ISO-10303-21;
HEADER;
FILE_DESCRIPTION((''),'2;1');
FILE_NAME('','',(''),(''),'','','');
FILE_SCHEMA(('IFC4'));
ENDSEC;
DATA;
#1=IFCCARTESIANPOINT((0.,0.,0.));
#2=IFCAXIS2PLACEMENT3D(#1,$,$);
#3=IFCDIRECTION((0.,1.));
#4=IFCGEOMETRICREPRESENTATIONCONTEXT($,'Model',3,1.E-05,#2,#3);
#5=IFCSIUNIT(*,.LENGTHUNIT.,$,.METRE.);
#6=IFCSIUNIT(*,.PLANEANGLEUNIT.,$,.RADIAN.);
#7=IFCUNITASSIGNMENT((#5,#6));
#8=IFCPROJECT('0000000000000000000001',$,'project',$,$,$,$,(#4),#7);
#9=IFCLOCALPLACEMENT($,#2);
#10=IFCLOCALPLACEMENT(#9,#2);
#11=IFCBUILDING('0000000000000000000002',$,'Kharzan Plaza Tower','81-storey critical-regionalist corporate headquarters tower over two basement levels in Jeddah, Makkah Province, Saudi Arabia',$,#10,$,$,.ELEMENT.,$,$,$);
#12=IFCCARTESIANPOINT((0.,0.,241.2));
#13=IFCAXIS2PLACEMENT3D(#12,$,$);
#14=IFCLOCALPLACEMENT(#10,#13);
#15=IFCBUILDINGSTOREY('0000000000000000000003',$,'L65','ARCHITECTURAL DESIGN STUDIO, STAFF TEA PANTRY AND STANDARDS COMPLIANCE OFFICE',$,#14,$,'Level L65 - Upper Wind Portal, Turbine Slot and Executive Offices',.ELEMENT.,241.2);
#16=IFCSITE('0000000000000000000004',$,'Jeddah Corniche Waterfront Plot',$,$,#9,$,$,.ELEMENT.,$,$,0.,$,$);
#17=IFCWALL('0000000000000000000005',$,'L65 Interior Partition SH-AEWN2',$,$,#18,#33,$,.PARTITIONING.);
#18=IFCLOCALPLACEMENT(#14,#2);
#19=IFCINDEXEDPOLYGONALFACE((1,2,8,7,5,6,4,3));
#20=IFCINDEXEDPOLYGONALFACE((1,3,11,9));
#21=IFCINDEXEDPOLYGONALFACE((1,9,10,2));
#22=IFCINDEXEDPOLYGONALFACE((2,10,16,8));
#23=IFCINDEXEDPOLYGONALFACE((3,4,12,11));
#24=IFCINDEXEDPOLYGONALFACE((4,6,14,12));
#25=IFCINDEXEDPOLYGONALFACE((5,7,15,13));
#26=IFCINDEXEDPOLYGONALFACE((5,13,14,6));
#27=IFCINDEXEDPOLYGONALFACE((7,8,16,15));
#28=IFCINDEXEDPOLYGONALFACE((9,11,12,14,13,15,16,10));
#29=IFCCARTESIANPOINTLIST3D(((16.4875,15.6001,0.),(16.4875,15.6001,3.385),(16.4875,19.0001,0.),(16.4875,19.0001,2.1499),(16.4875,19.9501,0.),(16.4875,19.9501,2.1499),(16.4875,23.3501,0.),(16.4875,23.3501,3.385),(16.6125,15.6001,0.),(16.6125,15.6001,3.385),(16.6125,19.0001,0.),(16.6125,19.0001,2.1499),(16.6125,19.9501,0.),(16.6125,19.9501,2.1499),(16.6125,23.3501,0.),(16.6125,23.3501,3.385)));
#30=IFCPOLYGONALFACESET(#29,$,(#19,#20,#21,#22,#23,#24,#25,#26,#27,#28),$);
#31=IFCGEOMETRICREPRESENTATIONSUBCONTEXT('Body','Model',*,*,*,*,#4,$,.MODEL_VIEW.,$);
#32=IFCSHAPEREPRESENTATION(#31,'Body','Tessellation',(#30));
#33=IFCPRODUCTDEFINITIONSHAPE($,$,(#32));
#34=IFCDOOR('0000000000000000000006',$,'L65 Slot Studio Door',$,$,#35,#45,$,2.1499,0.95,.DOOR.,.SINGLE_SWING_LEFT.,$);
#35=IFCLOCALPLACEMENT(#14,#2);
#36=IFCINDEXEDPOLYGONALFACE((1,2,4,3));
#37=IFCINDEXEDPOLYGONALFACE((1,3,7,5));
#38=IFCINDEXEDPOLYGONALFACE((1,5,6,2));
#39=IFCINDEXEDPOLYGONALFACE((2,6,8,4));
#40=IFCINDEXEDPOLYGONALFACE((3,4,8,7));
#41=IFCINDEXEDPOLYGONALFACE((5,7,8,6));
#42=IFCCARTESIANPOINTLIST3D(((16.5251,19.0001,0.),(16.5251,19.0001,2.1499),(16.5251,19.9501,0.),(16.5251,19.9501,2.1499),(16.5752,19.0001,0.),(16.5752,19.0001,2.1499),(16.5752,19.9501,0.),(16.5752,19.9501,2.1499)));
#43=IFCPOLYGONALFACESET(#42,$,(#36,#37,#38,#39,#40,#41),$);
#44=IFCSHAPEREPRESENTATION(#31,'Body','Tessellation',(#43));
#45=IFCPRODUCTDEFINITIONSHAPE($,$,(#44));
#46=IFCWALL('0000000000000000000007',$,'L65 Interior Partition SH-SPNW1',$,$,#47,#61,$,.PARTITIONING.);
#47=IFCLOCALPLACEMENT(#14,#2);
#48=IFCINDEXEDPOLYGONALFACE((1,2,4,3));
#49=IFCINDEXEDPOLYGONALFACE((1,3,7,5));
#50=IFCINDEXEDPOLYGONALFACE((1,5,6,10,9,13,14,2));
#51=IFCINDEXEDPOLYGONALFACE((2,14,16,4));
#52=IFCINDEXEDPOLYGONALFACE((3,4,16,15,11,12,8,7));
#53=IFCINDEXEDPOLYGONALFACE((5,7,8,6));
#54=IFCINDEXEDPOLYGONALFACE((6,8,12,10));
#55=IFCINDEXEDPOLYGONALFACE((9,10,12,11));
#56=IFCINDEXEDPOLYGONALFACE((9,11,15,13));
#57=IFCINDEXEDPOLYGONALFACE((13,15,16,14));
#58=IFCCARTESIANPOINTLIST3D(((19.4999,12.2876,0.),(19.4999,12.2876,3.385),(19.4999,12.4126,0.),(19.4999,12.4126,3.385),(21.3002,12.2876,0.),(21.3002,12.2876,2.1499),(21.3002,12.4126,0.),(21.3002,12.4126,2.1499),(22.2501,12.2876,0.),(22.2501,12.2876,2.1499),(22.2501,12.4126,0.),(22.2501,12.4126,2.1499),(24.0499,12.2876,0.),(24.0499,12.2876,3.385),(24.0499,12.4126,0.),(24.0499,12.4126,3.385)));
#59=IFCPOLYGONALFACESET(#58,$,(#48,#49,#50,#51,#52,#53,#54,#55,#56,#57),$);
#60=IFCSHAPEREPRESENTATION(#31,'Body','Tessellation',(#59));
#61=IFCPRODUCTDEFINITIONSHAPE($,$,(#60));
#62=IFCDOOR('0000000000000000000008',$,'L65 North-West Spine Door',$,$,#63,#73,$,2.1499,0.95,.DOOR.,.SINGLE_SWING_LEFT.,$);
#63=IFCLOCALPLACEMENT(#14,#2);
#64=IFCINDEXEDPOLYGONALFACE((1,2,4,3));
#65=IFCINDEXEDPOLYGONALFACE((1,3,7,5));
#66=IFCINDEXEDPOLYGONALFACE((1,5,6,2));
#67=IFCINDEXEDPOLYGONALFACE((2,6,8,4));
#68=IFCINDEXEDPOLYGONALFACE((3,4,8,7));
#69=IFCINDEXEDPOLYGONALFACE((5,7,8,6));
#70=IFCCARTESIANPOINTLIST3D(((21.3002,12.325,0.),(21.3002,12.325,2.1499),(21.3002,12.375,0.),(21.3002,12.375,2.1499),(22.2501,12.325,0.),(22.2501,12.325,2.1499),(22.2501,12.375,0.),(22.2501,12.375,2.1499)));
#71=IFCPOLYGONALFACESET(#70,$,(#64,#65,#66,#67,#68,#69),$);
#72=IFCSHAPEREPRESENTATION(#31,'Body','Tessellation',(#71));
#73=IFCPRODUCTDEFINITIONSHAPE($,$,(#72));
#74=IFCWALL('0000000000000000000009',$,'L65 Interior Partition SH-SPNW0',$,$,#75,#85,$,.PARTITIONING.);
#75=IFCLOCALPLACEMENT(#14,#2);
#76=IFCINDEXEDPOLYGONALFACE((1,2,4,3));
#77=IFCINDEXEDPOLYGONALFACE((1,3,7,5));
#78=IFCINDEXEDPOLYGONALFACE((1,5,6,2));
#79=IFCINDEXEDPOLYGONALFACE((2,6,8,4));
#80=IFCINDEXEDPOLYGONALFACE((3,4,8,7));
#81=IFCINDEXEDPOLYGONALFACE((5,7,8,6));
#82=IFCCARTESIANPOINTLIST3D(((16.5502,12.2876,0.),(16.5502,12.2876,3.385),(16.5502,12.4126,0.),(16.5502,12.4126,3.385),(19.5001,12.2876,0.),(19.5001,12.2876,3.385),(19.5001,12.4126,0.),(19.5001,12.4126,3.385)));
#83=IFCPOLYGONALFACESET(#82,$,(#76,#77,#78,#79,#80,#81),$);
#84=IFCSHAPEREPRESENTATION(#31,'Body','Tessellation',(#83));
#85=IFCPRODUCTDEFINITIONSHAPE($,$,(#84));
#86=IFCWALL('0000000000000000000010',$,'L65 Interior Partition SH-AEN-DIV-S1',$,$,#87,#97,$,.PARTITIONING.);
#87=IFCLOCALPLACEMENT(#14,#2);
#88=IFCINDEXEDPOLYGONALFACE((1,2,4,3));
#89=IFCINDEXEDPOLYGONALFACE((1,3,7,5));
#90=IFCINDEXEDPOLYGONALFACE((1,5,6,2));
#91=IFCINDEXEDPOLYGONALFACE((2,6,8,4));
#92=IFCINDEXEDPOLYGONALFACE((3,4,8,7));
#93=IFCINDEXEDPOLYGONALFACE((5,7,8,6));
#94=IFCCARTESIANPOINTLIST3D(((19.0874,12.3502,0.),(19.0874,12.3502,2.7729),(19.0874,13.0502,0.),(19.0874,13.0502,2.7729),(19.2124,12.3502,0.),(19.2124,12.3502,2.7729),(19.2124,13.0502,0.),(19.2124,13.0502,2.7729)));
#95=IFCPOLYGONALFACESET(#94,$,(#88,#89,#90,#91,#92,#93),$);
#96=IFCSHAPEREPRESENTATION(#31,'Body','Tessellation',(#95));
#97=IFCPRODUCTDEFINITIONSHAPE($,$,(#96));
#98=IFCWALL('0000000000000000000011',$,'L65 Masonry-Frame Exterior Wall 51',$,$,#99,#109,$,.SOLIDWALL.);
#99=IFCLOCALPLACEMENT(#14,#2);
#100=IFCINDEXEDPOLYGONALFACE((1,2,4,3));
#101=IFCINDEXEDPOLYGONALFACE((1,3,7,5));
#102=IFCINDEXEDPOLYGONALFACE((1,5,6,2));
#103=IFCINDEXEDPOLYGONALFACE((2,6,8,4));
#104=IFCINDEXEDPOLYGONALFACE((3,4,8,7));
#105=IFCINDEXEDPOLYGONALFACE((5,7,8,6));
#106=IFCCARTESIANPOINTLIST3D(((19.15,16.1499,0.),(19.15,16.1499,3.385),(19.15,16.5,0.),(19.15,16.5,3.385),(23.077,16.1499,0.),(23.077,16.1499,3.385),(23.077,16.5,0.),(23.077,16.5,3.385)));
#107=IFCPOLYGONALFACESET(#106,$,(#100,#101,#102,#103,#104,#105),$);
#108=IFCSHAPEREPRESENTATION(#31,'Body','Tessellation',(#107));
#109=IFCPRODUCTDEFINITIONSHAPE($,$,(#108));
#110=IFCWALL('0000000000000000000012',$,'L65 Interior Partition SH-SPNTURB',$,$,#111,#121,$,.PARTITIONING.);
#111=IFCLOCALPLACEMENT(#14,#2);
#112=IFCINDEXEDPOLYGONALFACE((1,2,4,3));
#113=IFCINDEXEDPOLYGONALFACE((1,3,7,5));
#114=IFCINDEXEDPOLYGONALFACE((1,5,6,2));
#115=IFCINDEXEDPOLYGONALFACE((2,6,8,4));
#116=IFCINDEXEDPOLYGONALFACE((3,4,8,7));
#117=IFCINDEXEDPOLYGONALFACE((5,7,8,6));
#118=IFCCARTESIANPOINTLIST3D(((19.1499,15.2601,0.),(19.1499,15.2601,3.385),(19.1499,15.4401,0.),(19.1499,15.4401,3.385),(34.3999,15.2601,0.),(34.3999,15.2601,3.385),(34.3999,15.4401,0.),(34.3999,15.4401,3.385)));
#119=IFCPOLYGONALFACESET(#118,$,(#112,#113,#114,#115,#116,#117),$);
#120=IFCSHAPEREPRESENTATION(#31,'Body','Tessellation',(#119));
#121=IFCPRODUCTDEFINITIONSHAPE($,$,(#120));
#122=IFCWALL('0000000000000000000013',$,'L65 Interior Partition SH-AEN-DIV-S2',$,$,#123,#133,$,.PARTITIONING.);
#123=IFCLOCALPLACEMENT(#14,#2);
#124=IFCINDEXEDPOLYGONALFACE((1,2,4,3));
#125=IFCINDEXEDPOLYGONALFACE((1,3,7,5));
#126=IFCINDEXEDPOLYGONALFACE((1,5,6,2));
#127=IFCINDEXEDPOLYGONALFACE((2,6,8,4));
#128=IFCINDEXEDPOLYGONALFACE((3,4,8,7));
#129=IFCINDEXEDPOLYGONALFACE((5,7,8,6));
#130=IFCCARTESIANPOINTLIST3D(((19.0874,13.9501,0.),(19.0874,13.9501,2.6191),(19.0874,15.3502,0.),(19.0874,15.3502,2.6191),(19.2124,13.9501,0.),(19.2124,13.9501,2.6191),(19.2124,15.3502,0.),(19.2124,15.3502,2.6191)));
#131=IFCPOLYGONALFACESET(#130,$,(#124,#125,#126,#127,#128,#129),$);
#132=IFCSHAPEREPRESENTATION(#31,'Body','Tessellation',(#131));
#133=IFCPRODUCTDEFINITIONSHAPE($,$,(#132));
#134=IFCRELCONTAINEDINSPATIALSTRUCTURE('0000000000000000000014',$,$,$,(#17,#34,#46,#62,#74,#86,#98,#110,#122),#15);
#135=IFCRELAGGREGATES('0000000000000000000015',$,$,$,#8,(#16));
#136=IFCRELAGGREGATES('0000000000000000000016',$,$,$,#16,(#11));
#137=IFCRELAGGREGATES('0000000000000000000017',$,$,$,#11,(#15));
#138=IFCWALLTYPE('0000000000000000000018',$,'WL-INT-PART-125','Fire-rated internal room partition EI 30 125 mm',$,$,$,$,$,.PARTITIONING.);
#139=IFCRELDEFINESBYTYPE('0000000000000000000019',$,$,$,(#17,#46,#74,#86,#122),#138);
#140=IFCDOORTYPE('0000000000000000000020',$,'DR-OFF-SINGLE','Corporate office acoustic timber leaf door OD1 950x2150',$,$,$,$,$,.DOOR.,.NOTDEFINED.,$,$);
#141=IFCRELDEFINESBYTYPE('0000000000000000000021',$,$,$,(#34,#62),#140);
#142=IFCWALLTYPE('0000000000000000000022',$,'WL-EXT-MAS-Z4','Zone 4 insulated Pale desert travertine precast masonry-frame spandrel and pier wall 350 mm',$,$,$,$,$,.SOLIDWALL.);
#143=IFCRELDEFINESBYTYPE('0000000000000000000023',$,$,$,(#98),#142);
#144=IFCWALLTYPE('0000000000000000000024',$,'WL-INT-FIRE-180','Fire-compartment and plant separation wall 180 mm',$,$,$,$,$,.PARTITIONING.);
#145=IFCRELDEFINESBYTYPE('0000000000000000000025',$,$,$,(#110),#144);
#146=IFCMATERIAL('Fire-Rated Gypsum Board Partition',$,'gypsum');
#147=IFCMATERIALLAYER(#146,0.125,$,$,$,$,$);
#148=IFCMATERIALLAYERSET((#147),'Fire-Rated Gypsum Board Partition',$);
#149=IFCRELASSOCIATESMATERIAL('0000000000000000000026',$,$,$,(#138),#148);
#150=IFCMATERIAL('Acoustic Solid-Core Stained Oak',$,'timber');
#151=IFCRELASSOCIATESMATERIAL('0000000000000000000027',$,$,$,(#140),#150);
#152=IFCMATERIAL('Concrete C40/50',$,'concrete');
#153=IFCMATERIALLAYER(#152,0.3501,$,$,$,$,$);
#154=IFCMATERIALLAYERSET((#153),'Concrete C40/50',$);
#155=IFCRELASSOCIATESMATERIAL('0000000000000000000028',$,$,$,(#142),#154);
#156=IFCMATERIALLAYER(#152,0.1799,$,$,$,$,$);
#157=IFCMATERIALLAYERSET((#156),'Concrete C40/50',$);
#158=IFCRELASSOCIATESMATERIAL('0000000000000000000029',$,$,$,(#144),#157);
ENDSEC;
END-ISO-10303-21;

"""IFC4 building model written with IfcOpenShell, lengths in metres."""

from ifc_helpers import new_model, si_unit, direction, frame, frame_2d, origin, place, context, subcontext, project, spatial, rectangle, extrude, source, transform, mapped, material, layer, layer_set, type_object, element, fill, save


model = new_model("IFC4")

# Units and contexts
model_context = context("Model", 3, precision=1e-05, world=origin(), true_north=direction((0.0, 1.0)))
body_context = subcontext(model_context, "Body", "Model", "MODEL_VIEW")
ifc_project = project(units=[si_unit("LENGTHUNIT", "METRE"), si_unit("PLANEANGLEUNIT", "RADIAN")], contexts=[model_context])

# Site, building, storey
site_placement = place(None, origin())
site = spatial("IfcSite", under=ifc_project, at=site_placement, Name="Jeddah Corniche Waterfront Plot", CompositionType="ELEMENT", RefElevation=0.0)
building_placement = place(site_placement, origin())
building = spatial("IfcBuilding", under=site, at=building_placement, Name="Kharzan Plaza Tower", Description="81-storey critical-regionalist corporate headquarters tower over two basement levels in Jeddah, Makkah Province, Saudi Arabia", CompositionType="ELEMENT")
storey_placement = place(building_placement, frame((0.0, 0.0, 241.2)))
storey = spatial("IfcBuildingStorey", under=building, at=storey_placement, Name="L65", Description="ARCHITECTURAL DESIGN STUDIO, STAFF TEA PANTRY AND STANDARDS COMPLIANCE OFFICE", LongName="Level L65 - Upper Wind Portal, Turbine Slot and Executive Offices", CompositionType="ELEMENT", Elevation=241.2)

# Walls, openings, doors
ifc_material_1 = material(Name="Fire-Rated Gypsum Board Partition", Category="gypsum")
ifc_layer_1 = layer(ifc_material_1, 0.125)
ifc_layer_set_1 = layer_set([ifc_layer_1], Name="Fire-Rated Gypsum Board Partition")
wall_type_1 = type_object("IfcWallType", Name="WL-INT-PART-125", Description="Fire-rated internal room partition EI 30 125 mm", PredefinedType="PARTITIONING", material=ifc_layer_set_1)
ifc_material_2 = material(Name="Acoustic Solid-Core Stained Oak", Category="timber")
door_type = type_object("IfcDoorType", Name="DR-OFF-SINGLE", Description="Corporate office acoustic timber leaf door OD1 950x2150", OperationType="NOTDEFINED", PredefinedType="DOOR", material=ifc_material_2)
shared_shape_1 = source(origin(), body_context, "Body", "SweptSolid", [
    extrude(rectangle(XDim=0.95, YDim=2.1499, at=frame_2d((0.4751, 1.075))), frame((0.0, 0.0249, 0.0), z_axis=(0.0, -1.0, 0.0), x_axis=(1.0, 0.0, 0.0)), (0.0, 0.0, 1.0), 0.05),
])
wall_1_placement = place(storey_placement, frame((16.55, 15.6001, 0.0), z_axis=(0.0, 0.0, 1.0), x_axis=(0.0, 1.0, 0.0)))
wall_1 = element("IfcWall", 1, at=wall_1_placement, inside=storey, type_object=wall_type_1, Name="L65 Interior Partition SH-AEWN2", PredefinedType="PARTITIONING", context=body_context, shape_type="SweptSolid", body=[
    extrude(rectangle(XDim=7.75, YDim=0.125, at=frame_2d((3.875, 0.0))), origin(), (0.0, 0.0, 1.0), 3.385),
])
opening_1_placement = place(wall_1_placement, frame((3.3999, 0.0, 0.0)))
opening_1 = element("IfcOpeningElement", 2, at=opening_1_placement, cuts=wall_1, PredefinedType="OPENING", context=body_context, shape_type="SweptSolid", body=[
    extrude(rectangle(XDim=0.95, YDim=2.1499, at=frame_2d((0.4751, 1.075))), frame((0.0, 0.0725, 0.0), z_axis=(0.0, -1.0, 0.0), x_axis=(1.0, 0.0, 0.0)), (0.0, 0.0, 1.0), 0.145),
])
door_1_placement = place(opening_1_placement, origin())
door_1 = element("IfcDoor", 3, at=door_1_placement, inside=storey, type_object=door_type, Name="L65 Slot Studio Door", OperationType="SINGLE_SWING_LEFT", OverallHeight=2.1499, OverallWidth=0.95, PredefinedType="DOOR", context=body_context, shape_type="MappedRepresentation", body=[
    mapped(shared_shape_1, transform((0.0, 0.0, 0.0), x_axis=(1.0, 0.0, 0.0), y_axis=(0.0, 1.0, 0.0), z_axis=(0.0, 0.0, 1.0))),
])
fill(opening_1, door_1)
wall_2_placement = place(storey_placement, frame((19.5, 12.3501, 0.0), z_axis=(0.0, 0.0, 1.0), x_axis=(1.0, 0.0, 0.0)))
wall_2 = element("IfcWall", 4, at=wall_2_placement, inside=storey, type_object=wall_type_1, Name="L65 Interior Partition SH-SPNW1", PredefinedType="PARTITIONING", context=body_context, shape_type="SweptSolid", body=[
    extrude(rectangle(XDim=4.55, YDim=0.125, at=frame_2d((2.2749, 0.0))), origin(), (0.0, 0.0, 1.0), 3.385),
])
opening_2_placement = place(wall_2_placement, frame((1.8, 0.0, 0.0)))
opening_2 = element("IfcOpeningElement", 5, at=opening_2_placement, cuts=wall_2, PredefinedType="OPENING", context=body_context, shape_type="SweptSolid", body=[
    extrude(rectangle(XDim=0.95, YDim=2.1499, at=frame_2d((0.4751, 1.075))), frame((0.0, 0.0725, 0.0), z_axis=(0.0, -1.0, 0.0), x_axis=(1.0, 0.0, 0.0)), (0.0, 0.0, 1.0), 0.145),
])
door_2_placement = place(opening_2_placement, origin())
door_2 = element("IfcDoor", 6, at=door_2_placement, inside=storey, type_object=door_type, Name="L65 North-West Spine Door", OperationType="SINGLE_SWING_LEFT", OverallHeight=2.1499, OverallWidth=0.95, PredefinedType="DOOR", context=body_context, shape_type="MappedRepresentation", body=[
    mapped(shared_shape_1, transform((0.0, 0.0, 0.0), x_axis=(1.0, 0.0, 0.0), y_axis=(0.0, 1.0, 0.0), z_axis=(0.0, 0.0, 1.0))),
])
fill(opening_2, door_2)

# Walls
shared_shape_2 = source(origin(), body_context, "Body", "SweptSolid", [
    extrude(rectangle(XDim=2.95, YDim=0.125, at=frame_2d((1.4751, 0.0))), origin(), (0.0, 0.0, 1.0), 3.385),
])
wall_3_placement = place(storey_placement, frame((16.55, 12.3501, 0.0), z_axis=(0.0, 0.0, 1.0), x_axis=(1.0, 0.0, 0.0)))
element("IfcWall", 7, at=wall_3_placement, inside=storey, type_object=wall_type_1, Name="L65 Interior Partition SH-SPNW0", PredefinedType="PARTITIONING", context=body_context, shape_type="MappedRepresentation", body=[
    mapped(shared_shape_2, transform((0.0, 0.0, 0.0), x_axis=(1.0, 0.0, 0.0), y_axis=(0.0, 1.0, 0.0), z_axis=(0.0, 0.0, 1.0))),
])
shared_shape_3 = source(origin(), body_context, "Body", "SweptSolid", [
    extrude(rectangle(XDim=0.7, YDim=0.125, at=frame_2d((0.3501, 0.0))), origin(), (0.0, 0.0, 1.0), 2.7729),
])
wall_4_placement = place(storey_placement, frame((19.1499, 12.3501, 0.0), z_axis=(0.0, 0.0, 1.0), x_axis=(0.0, 1.0, 0.0)))
element("IfcWall", 8, at=wall_4_placement, inside=storey, type_object=wall_type_1, Name="L65 Interior Partition SH-AEN-DIV-S1", PredefinedType="PARTITIONING", context=body_context, shape_type="MappedRepresentation", body=[
    mapped(shared_shape_3, transform((0.0, 0.0, 0.0), x_axis=(1.0, 0.0, 0.0), y_axis=(0.0, 1.0, 0.0), z_axis=(0.0, 0.0, 1.0))),
])
ifc_material_3 = material(Name="Concrete C40/50", Category="concrete")
ifc_layer_2 = layer(ifc_material_3, 0.3501)
ifc_layer_set_2 = layer_set([ifc_layer_2], Name="Concrete C40/50")
wall_type_2 = type_object("IfcWallType", Name="WL-EXT-MAS-Z4", Description="Zone 4 insulated Pale desert travertine precast masonry-frame spandrel and pier wall 350 mm", PredefinedType="SOLIDWALL", material=ifc_layer_set_2)
shared_shape_4 = source(origin(), body_context, "Body", "SweptSolid", [
    extrude(rectangle(XDim=3.927, YDim=0.3501, at=frame_2d((1.9634, 0.0))), origin(), (0.0, 0.0, 1.0), 3.385),
])
wall_5_placement = place(storey_placement, frame((23.0769, 16.325, 0.0), z_axis=(0.0, 0.0, 1.0), x_axis=(-1.0, 0.0, 0.0)))
element("IfcWall", 9, at=wall_5_placement, inside=storey, type_object=wall_type_2, Name="L65 Masonry-Frame Exterior Wall 51", PredefinedType="SOLIDWALL", context=body_context, shape_type="MappedRepresentation", body=[
    mapped(shared_shape_4, transform((0.0, 0.0, 0.0), x_axis=(1.0, 0.0, 0.0), y_axis=(0.0, 1.0, 0.0), z_axis=(0.0, 0.0, 1.0))),
])
ifc_layer_3 = layer(ifc_material_3, 0.1799)
ifc_layer_set_3 = layer_set([ifc_layer_3], Name="Concrete C40/50")
wall_type_3 = type_object("IfcWallType", Name="WL-INT-FIRE-180", Description="Fire-compartment and plant separation wall 180 mm", PredefinedType="PARTITIONING", material=ifc_layer_set_3)
shared_shape_5 = source(origin(), body_context, "Body", "SweptSolid", [
    extrude(rectangle(XDim=15.25, YDim=0.1799, at=frame_2d((7.625, 0.0))), origin(), (0.0, 0.0, 1.0), 3.385),
])
wall_6_placement = place(storey_placement, frame((19.1499, 15.3501, 0.0), z_axis=(0.0, 0.0, 1.0), x_axis=(1.0, 0.0, 0.0)))
element("IfcWall", 10, at=wall_6_placement, inside=storey, type_object=wall_type_3, Name="L65 Interior Partition SH-SPNTURB", PredefinedType="PARTITIONING", context=body_context, shape_type="MappedRepresentation", body=[
    mapped(shared_shape_5, transform((0.0, 0.0, 0.0), x_axis=(1.0, 0.0, 0.0), y_axis=(0.0, 1.0, 0.0), z_axis=(0.0, 0.0, 1.0))),
])
shared_shape_6 = source(origin(), body_context, "Body", "SweptSolid", [
    extrude(rectangle(XDim=1.4001, YDim=0.125, at=frame_2d((0.7002, 0.0))), origin(), (0.0, 0.0, 1.0), 2.6191),
])
wall_7_placement = place(storey_placement, frame((19.1499, 13.95, 0.0), z_axis=(0.0, 0.0, 1.0), x_axis=(0.0, 1.0, 0.0)))
element("IfcWall", 11, at=wall_7_placement, inside=storey, type_object=wall_type_1, Name="L65 Interior Partition SH-AEN-DIV-S2", PredefinedType="PARTITIONING", context=body_context, shape_type="MappedRepresentation", body=[
    mapped(shared_shape_6, transform((0.0, 0.0, 0.0), x_axis=(1.0, 0.0, 0.0), y_axis=(0.0, 1.0, 0.0), z_axis=(0.0, 0.0, 1.0))),
])

save(model, "model.ifc")
